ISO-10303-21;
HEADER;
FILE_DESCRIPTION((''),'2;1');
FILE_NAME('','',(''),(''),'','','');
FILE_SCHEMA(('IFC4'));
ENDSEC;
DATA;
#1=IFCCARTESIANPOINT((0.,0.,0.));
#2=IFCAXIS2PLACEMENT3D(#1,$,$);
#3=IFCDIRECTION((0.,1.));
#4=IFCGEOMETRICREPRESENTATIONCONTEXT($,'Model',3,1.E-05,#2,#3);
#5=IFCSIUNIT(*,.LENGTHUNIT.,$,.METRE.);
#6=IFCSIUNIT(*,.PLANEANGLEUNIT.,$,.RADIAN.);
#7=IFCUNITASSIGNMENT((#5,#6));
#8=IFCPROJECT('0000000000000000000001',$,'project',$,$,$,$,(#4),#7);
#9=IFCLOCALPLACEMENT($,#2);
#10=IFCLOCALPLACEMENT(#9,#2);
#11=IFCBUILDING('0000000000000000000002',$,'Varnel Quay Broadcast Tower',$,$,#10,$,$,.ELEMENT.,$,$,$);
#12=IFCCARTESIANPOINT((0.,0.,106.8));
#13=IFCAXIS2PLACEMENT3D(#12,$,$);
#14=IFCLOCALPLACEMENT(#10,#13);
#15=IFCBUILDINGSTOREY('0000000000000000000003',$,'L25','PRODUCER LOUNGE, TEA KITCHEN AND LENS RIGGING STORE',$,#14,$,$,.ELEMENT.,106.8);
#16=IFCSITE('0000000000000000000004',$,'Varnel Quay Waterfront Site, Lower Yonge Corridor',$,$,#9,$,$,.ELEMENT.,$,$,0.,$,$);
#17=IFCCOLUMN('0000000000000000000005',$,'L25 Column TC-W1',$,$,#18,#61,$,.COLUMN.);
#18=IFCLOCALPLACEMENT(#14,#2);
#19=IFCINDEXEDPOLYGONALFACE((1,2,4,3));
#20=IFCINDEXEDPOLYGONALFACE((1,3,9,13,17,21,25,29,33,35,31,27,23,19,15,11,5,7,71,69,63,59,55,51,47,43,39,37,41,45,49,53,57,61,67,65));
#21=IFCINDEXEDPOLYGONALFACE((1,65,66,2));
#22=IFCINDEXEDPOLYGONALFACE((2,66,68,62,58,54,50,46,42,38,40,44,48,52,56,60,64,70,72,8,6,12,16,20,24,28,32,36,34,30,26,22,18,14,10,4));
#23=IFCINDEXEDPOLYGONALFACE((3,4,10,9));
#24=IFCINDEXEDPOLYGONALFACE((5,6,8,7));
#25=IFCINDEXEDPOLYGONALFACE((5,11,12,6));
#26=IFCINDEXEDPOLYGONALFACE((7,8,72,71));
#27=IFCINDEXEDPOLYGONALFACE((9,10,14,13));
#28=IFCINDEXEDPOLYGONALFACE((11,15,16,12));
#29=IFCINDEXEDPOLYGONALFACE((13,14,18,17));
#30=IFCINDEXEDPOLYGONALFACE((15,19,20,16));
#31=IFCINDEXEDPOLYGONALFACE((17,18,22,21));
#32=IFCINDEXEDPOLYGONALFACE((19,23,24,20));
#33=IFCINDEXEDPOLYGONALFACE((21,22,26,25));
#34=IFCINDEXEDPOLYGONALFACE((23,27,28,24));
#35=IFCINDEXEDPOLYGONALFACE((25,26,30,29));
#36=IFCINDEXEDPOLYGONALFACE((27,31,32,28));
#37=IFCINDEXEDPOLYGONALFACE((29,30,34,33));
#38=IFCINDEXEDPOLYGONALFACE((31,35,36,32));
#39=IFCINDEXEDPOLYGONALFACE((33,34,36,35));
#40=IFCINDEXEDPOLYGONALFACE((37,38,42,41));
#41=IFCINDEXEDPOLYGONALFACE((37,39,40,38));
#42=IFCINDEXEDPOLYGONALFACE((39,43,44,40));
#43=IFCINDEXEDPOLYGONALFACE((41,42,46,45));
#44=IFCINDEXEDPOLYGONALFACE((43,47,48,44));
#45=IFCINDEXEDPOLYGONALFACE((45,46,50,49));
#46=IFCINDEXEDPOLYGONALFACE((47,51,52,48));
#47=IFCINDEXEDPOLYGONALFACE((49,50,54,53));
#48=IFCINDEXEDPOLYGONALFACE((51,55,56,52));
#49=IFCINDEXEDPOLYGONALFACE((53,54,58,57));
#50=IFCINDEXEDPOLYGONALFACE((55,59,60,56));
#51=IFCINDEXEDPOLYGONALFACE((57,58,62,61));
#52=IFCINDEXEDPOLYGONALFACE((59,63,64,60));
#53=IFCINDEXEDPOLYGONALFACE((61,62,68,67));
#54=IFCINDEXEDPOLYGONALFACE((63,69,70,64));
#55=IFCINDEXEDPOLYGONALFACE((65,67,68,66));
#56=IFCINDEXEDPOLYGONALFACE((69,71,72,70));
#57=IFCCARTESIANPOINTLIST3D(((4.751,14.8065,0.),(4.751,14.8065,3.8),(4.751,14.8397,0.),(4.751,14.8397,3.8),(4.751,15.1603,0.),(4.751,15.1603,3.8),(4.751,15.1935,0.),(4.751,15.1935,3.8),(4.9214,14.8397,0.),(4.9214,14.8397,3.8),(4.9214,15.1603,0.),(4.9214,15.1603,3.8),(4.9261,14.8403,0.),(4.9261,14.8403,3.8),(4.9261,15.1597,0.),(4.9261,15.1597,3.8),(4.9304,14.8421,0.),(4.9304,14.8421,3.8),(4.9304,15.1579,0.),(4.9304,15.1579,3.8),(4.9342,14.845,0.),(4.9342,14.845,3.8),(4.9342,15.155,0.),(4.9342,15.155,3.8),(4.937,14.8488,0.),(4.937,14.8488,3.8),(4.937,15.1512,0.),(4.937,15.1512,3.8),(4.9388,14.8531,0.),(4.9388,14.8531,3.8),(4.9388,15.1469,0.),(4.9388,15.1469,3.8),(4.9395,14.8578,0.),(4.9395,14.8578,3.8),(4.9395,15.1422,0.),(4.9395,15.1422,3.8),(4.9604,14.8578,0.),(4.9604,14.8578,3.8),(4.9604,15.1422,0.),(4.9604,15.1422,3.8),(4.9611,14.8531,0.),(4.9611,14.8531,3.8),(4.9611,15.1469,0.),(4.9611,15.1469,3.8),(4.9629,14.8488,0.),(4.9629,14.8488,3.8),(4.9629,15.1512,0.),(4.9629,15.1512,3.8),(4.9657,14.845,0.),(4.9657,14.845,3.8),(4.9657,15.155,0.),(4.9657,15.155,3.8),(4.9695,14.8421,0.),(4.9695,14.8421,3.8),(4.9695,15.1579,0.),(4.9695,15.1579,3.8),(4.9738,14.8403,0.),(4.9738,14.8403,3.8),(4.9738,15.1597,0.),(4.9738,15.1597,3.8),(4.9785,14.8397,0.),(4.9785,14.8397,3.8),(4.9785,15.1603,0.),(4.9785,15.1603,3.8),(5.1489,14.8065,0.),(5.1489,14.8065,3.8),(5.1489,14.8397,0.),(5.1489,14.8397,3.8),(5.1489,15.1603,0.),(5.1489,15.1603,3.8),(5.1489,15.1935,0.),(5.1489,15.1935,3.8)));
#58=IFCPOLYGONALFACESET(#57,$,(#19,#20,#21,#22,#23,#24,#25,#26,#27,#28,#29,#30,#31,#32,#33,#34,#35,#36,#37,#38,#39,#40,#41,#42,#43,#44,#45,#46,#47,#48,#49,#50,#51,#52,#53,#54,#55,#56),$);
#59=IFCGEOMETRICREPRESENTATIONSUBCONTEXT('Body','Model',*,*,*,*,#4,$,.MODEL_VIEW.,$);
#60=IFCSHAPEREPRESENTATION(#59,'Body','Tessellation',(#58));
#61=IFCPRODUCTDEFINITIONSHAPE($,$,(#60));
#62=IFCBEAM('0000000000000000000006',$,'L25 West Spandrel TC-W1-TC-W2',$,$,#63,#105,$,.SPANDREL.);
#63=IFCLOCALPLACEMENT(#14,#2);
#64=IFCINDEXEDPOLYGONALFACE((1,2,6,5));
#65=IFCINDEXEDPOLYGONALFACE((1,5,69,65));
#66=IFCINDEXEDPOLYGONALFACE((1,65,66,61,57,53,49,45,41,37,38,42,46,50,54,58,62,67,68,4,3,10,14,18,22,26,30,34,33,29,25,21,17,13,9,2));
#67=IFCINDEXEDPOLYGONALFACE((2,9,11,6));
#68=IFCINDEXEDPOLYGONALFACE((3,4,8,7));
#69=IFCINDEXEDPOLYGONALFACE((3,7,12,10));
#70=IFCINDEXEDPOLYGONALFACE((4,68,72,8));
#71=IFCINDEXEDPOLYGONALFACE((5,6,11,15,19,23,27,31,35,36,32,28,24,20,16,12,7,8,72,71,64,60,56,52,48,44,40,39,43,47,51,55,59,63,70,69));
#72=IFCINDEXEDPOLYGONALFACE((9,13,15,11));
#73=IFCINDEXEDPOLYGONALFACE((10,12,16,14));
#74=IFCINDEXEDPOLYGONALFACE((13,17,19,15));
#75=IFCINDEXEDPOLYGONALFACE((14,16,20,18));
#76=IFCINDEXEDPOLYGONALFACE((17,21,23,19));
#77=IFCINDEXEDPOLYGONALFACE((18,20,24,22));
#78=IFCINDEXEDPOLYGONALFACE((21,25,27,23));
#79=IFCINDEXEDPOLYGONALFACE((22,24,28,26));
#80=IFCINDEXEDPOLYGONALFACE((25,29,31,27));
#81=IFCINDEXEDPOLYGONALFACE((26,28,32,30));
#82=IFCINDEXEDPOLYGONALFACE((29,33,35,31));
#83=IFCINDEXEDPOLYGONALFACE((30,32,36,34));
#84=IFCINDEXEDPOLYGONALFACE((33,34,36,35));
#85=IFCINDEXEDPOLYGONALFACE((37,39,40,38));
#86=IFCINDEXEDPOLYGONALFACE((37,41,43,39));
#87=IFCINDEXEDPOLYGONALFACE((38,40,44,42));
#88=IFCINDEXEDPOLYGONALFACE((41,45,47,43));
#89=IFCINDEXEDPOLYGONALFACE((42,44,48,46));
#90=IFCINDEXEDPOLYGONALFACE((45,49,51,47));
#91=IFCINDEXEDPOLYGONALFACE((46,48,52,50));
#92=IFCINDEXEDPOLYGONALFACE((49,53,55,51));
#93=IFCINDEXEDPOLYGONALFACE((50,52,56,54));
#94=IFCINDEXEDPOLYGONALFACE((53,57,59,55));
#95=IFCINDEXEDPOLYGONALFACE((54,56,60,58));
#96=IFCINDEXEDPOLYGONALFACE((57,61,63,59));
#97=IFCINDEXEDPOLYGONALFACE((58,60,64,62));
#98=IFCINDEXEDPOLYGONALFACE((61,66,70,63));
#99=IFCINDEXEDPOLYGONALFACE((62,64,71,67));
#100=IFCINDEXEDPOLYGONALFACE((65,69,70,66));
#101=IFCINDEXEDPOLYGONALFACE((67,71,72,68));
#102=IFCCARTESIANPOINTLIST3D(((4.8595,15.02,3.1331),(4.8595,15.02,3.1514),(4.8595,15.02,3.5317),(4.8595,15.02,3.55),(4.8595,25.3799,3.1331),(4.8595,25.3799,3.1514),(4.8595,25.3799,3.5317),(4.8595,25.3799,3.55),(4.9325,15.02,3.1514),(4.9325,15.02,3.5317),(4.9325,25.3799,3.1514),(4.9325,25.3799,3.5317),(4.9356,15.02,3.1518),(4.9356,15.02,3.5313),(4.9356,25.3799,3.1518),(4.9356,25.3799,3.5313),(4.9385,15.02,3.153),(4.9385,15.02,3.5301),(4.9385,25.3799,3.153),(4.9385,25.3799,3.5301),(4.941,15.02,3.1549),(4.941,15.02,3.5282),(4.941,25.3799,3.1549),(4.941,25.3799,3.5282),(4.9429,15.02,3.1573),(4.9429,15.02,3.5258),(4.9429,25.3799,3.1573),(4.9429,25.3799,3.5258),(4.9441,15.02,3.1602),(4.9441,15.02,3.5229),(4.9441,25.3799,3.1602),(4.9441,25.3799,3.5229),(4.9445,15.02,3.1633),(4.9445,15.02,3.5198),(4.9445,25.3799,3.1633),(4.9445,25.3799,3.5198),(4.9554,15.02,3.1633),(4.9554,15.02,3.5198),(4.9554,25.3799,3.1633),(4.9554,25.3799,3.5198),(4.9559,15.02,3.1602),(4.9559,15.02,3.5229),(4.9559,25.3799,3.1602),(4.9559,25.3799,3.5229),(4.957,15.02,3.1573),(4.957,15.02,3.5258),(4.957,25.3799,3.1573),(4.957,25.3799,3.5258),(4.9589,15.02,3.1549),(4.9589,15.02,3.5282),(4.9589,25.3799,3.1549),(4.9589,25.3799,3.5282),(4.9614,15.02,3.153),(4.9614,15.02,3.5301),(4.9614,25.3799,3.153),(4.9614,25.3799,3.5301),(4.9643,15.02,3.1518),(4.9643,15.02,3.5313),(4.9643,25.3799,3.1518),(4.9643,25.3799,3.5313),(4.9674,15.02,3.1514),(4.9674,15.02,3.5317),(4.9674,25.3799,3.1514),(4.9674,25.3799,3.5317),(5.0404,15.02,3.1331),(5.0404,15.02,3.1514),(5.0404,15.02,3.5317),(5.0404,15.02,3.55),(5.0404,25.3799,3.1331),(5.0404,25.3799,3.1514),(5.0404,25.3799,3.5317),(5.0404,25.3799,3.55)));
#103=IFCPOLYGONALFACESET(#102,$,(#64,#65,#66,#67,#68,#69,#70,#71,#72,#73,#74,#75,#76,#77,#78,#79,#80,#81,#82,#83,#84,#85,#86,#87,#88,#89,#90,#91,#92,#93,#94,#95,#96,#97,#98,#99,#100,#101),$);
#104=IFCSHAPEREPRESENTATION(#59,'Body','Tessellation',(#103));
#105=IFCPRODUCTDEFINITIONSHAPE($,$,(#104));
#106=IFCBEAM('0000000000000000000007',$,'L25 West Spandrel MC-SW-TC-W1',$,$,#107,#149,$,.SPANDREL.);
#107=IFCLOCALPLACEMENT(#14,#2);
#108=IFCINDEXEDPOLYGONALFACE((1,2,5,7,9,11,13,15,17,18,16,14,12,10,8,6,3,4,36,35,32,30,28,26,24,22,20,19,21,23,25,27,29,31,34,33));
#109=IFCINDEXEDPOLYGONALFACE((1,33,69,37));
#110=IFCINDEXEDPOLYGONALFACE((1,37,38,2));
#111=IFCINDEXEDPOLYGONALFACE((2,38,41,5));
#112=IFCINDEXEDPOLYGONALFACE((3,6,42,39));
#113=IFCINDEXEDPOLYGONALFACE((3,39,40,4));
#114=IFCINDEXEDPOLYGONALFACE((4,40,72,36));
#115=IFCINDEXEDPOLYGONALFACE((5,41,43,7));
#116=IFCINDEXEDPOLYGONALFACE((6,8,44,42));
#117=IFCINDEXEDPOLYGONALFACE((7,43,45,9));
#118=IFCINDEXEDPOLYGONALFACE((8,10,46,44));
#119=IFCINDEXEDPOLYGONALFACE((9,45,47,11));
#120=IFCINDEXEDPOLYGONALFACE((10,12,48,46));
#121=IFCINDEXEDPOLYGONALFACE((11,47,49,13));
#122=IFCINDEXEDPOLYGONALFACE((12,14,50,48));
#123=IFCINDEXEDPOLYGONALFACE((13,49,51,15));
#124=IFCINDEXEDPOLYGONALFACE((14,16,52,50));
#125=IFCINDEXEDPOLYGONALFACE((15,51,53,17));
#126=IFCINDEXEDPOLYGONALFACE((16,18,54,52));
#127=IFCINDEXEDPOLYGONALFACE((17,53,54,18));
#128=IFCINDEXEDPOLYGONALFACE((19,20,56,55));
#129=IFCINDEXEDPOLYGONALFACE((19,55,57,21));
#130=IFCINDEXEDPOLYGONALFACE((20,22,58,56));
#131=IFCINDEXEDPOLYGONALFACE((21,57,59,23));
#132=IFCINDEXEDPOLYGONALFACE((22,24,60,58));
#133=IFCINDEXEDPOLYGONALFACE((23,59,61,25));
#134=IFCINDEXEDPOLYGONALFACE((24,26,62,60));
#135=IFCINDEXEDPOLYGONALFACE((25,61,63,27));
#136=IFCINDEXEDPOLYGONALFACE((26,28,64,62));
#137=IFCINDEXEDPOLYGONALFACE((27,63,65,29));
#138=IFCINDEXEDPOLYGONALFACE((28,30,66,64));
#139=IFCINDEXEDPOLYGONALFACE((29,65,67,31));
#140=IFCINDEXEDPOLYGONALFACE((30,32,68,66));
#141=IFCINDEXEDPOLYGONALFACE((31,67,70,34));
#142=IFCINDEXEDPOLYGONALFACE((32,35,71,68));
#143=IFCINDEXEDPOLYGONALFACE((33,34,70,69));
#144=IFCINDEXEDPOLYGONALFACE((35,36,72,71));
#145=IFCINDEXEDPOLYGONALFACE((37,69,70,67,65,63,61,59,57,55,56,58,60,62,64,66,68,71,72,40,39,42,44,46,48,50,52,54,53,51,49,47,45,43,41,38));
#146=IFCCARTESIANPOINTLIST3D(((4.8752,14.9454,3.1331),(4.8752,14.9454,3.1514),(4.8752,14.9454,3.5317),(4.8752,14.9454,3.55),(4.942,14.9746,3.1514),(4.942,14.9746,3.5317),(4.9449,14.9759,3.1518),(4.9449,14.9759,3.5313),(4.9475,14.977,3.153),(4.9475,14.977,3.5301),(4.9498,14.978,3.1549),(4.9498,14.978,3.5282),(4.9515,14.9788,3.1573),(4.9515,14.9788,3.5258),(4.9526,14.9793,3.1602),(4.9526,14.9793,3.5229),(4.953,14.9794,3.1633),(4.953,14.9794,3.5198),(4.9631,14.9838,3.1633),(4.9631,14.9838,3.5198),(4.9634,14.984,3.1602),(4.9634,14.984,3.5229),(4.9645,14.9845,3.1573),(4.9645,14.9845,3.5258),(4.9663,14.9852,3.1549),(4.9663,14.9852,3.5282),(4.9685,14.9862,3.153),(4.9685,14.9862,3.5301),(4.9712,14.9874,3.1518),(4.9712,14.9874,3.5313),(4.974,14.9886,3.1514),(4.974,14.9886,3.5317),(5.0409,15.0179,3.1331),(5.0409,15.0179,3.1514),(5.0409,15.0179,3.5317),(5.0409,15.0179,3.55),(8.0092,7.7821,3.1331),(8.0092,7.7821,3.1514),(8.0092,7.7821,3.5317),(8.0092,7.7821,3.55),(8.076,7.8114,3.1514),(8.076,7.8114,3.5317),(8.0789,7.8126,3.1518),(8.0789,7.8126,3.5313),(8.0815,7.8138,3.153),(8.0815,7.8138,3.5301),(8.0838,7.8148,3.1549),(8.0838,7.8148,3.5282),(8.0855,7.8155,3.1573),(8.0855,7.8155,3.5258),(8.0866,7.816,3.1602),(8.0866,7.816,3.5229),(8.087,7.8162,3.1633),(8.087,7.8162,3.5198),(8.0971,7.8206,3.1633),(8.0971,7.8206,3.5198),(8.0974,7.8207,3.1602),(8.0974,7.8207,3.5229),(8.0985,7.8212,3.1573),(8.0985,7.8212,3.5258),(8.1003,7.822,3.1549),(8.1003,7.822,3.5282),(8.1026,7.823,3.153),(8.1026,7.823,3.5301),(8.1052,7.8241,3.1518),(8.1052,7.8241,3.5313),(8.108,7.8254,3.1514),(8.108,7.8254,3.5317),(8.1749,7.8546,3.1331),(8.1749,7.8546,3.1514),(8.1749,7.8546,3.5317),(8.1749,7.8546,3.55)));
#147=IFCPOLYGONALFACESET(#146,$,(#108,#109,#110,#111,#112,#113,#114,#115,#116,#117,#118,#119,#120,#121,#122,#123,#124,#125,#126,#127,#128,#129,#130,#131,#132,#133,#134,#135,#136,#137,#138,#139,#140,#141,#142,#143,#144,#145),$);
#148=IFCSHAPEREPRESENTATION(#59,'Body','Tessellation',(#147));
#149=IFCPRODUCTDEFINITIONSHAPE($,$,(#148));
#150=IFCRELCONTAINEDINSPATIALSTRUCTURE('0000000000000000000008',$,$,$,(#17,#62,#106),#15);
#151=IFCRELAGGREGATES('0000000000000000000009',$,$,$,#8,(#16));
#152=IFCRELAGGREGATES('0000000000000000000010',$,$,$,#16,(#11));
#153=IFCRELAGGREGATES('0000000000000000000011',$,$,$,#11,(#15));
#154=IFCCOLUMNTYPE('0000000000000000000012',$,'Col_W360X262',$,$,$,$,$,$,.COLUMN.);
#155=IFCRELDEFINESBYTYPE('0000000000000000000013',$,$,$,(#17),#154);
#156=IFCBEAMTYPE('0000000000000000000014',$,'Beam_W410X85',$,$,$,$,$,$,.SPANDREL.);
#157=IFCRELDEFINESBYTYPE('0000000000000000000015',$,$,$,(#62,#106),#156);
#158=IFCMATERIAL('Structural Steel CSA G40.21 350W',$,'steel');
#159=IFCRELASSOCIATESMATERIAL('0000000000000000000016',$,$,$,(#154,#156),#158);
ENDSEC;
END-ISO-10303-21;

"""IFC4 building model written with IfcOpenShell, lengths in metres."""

from ifc_helpers import new_model, si_unit, direction, frame, origin, origin_2d, place, context, subcontext, project, spatial, i_section, extrude, source, transform, mapped, material, material_profile, profile_set, type_object, type_shapes, element, save


model = new_model("IFC4")

# Units and contexts
model_context = context("Model", 3, precision=1e-05, world=origin(), true_north=direction((0.0, 1.0)))
body_context = subcontext(model_context, "Body", "Model", "MODEL_VIEW")
ifc_project = project(units=[si_unit("LENGTHUNIT", "METRE"), si_unit("PLANEANGLEUNIT", "RADIAN")], contexts=[model_context])

# Site, building, storey
site_placement = place(None, origin())
site = spatial("IfcSite", under=ifc_project, at=site_placement, Name="Varnel Quay Waterfront Site, Lower Yonge Corridor", CompositionType="ELEMENT", RefElevation=0.0)
building_placement = place(site_placement, origin())
building = spatial("IfcBuilding", under=site, at=building_placement, Name="Varnel Quay Broadcast Tower", CompositionType="ELEMENT")
storey_placement = place(building_placement, frame((0.0, 0.0, 106.8)))
storey = spatial("IfcBuildingStorey", under=building, at=storey_placement, Name="L25", Description="PRODUCER LOUNGE, TEA KITCHEN AND LENS RIGGING STORE", CompositionType="ELEMENT", Elevation=106.8)

# Column
ifc_material_1 = material(Name="Structural Steel CSA G40.21 350W", Category="steel")
ifc_material_profile_1 = material_profile(ifc_material_1, i_section(OverallWidth=0.3979, OverallDepth=0.387, WebThickness=0.021, FlangeThickness=0.0332, FilletRadius=0.0181, at=origin_2d()), Name="W360X262")
ifc_profile_set_1 = profile_set([ifc_material_profile_1], Name="Structural Steel CSA G40.21 350W")
column_type = type_object("IfcColumnType", Name="Col_W360X262", PredefinedType="COLUMN", material=ifc_profile_set_1)
shared_shape_1 = source(origin(), body_context, "Body", "SweptSolid", [
    extrude(i_section(OverallWidth=0.3979, OverallDepth=0.387, WebThickness=0.021, FlangeThickness=0.0332, FilletRadius=0.0181, at=origin_2d()), origin(), (0.0, 0.0, 1.0), 3.8),
])
type_shapes(column_type, [shared_shape_1])
column_placement = place(storey_placement, frame((4.95, 15.0, 0.0), z_axis=(0.0, 0.0, 1.0), x_axis=(1.0, 0.0, 0.0)))
element("IfcColumn", 1, at=column_placement, inside=storey, type_object=column_type, Name="L25 Column TC-W1", PredefinedType="COLUMN", context=body_context, shape_type="MappedRepresentation", body=[
    mapped(shared_shape_1, transform((0.0, 0.0, 0.0), x_axis=(1.0, 0.0, 0.0), y_axis=(0.0, 1.0, 0.0), z_axis=(0.0, 0.0, 1.0), scale=1.0)),
])

# Beams
ifc_material_profile_2 = material_profile(ifc_material_1, i_section(OverallWidth=0.1809, OverallDepth=0.417, WebThickness=0.011, FlangeThickness=0.0183, FilletRadius=0.012, at=origin_2d()), Name="W410X85")
ifc_profile_set_2 = profile_set([ifc_material_profile_2], Name="Structural Steel CSA G40.21 350W")
beam_type_1 = type_object("IfcBeamType", Name="Beam_W410X85", PredefinedType="SPANDREL", material=ifc_profile_set_2)
shared_shape_2 = source(origin(), body_context, "Body", "SweptSolid", [
    extrude(i_section(OverallWidth=0.1809, OverallDepth=0.417, WebThickness=0.011, FlangeThickness=0.0183, FilletRadius=0.012, at=origin_2d()), origin(), (0.0, 0.0, 1.0), 10.3599),
])
beam_1_placement = place(storey_placement, frame((4.95, 15.02, 3.3416), z_axis=(0.0, 1.0, 0.0), x_axis=(-1.0, 0.0, 0.0)))
element("IfcBeam", 2, at=beam_1_placement, inside=storey, type_object=beam_type_1, Name="L25 West Spandrel TC-W1-TC-W2", PredefinedType="SPANDREL", context=body_context, shape_type="MappedRepresentation", body=[
    mapped(shared_shape_2, transform((0.0, 0.0, 0.0), x_axis=(1.0, 0.0, 0.0), y_axis=(0.0, 1.0, 0.0), z_axis=(0.0, 0.0, 1.0), scale=1.0)),
])
shared_shape_3 = source(origin(), body_context, "Body", "SweptSolid", [
    extrude(i_section(OverallWidth=0.1809, OverallDepth=0.417, WebThickness=0.011, FlangeThickness=0.0183, FilletRadius=0.012, at=origin_2d()), origin(), (0.0, 0.0, 1.0), 7.8188),
])
type_shapes(beam_type_1, [shared_shape_2, shared_shape_3])
beam_2_placement = place(storey_placement, frame((8.092, 7.8184, 3.3416), z_axis=(-0.400827, 0.916154, 0.0), x_axis=(-0.916154, -0.400827, 0.0)))
element("IfcBeam", 3, at=beam_2_placement, inside=storey, type_object=beam_type_1, Name="L25 West Spandrel MC-SW-TC-W1", PredefinedType="SPANDREL", context=body_context, shape_type="MappedRepresentation", body=[
    mapped(shared_shape_3, transform((0.0, 0.0, 0.0), x_axis=(1.0, 0.0, 0.0), y_axis=(0.0, 1.0, 0.0), z_axis=(0.0, 0.0, 1.0), scale=1.0)),
])

save(model, "model.ifc")
